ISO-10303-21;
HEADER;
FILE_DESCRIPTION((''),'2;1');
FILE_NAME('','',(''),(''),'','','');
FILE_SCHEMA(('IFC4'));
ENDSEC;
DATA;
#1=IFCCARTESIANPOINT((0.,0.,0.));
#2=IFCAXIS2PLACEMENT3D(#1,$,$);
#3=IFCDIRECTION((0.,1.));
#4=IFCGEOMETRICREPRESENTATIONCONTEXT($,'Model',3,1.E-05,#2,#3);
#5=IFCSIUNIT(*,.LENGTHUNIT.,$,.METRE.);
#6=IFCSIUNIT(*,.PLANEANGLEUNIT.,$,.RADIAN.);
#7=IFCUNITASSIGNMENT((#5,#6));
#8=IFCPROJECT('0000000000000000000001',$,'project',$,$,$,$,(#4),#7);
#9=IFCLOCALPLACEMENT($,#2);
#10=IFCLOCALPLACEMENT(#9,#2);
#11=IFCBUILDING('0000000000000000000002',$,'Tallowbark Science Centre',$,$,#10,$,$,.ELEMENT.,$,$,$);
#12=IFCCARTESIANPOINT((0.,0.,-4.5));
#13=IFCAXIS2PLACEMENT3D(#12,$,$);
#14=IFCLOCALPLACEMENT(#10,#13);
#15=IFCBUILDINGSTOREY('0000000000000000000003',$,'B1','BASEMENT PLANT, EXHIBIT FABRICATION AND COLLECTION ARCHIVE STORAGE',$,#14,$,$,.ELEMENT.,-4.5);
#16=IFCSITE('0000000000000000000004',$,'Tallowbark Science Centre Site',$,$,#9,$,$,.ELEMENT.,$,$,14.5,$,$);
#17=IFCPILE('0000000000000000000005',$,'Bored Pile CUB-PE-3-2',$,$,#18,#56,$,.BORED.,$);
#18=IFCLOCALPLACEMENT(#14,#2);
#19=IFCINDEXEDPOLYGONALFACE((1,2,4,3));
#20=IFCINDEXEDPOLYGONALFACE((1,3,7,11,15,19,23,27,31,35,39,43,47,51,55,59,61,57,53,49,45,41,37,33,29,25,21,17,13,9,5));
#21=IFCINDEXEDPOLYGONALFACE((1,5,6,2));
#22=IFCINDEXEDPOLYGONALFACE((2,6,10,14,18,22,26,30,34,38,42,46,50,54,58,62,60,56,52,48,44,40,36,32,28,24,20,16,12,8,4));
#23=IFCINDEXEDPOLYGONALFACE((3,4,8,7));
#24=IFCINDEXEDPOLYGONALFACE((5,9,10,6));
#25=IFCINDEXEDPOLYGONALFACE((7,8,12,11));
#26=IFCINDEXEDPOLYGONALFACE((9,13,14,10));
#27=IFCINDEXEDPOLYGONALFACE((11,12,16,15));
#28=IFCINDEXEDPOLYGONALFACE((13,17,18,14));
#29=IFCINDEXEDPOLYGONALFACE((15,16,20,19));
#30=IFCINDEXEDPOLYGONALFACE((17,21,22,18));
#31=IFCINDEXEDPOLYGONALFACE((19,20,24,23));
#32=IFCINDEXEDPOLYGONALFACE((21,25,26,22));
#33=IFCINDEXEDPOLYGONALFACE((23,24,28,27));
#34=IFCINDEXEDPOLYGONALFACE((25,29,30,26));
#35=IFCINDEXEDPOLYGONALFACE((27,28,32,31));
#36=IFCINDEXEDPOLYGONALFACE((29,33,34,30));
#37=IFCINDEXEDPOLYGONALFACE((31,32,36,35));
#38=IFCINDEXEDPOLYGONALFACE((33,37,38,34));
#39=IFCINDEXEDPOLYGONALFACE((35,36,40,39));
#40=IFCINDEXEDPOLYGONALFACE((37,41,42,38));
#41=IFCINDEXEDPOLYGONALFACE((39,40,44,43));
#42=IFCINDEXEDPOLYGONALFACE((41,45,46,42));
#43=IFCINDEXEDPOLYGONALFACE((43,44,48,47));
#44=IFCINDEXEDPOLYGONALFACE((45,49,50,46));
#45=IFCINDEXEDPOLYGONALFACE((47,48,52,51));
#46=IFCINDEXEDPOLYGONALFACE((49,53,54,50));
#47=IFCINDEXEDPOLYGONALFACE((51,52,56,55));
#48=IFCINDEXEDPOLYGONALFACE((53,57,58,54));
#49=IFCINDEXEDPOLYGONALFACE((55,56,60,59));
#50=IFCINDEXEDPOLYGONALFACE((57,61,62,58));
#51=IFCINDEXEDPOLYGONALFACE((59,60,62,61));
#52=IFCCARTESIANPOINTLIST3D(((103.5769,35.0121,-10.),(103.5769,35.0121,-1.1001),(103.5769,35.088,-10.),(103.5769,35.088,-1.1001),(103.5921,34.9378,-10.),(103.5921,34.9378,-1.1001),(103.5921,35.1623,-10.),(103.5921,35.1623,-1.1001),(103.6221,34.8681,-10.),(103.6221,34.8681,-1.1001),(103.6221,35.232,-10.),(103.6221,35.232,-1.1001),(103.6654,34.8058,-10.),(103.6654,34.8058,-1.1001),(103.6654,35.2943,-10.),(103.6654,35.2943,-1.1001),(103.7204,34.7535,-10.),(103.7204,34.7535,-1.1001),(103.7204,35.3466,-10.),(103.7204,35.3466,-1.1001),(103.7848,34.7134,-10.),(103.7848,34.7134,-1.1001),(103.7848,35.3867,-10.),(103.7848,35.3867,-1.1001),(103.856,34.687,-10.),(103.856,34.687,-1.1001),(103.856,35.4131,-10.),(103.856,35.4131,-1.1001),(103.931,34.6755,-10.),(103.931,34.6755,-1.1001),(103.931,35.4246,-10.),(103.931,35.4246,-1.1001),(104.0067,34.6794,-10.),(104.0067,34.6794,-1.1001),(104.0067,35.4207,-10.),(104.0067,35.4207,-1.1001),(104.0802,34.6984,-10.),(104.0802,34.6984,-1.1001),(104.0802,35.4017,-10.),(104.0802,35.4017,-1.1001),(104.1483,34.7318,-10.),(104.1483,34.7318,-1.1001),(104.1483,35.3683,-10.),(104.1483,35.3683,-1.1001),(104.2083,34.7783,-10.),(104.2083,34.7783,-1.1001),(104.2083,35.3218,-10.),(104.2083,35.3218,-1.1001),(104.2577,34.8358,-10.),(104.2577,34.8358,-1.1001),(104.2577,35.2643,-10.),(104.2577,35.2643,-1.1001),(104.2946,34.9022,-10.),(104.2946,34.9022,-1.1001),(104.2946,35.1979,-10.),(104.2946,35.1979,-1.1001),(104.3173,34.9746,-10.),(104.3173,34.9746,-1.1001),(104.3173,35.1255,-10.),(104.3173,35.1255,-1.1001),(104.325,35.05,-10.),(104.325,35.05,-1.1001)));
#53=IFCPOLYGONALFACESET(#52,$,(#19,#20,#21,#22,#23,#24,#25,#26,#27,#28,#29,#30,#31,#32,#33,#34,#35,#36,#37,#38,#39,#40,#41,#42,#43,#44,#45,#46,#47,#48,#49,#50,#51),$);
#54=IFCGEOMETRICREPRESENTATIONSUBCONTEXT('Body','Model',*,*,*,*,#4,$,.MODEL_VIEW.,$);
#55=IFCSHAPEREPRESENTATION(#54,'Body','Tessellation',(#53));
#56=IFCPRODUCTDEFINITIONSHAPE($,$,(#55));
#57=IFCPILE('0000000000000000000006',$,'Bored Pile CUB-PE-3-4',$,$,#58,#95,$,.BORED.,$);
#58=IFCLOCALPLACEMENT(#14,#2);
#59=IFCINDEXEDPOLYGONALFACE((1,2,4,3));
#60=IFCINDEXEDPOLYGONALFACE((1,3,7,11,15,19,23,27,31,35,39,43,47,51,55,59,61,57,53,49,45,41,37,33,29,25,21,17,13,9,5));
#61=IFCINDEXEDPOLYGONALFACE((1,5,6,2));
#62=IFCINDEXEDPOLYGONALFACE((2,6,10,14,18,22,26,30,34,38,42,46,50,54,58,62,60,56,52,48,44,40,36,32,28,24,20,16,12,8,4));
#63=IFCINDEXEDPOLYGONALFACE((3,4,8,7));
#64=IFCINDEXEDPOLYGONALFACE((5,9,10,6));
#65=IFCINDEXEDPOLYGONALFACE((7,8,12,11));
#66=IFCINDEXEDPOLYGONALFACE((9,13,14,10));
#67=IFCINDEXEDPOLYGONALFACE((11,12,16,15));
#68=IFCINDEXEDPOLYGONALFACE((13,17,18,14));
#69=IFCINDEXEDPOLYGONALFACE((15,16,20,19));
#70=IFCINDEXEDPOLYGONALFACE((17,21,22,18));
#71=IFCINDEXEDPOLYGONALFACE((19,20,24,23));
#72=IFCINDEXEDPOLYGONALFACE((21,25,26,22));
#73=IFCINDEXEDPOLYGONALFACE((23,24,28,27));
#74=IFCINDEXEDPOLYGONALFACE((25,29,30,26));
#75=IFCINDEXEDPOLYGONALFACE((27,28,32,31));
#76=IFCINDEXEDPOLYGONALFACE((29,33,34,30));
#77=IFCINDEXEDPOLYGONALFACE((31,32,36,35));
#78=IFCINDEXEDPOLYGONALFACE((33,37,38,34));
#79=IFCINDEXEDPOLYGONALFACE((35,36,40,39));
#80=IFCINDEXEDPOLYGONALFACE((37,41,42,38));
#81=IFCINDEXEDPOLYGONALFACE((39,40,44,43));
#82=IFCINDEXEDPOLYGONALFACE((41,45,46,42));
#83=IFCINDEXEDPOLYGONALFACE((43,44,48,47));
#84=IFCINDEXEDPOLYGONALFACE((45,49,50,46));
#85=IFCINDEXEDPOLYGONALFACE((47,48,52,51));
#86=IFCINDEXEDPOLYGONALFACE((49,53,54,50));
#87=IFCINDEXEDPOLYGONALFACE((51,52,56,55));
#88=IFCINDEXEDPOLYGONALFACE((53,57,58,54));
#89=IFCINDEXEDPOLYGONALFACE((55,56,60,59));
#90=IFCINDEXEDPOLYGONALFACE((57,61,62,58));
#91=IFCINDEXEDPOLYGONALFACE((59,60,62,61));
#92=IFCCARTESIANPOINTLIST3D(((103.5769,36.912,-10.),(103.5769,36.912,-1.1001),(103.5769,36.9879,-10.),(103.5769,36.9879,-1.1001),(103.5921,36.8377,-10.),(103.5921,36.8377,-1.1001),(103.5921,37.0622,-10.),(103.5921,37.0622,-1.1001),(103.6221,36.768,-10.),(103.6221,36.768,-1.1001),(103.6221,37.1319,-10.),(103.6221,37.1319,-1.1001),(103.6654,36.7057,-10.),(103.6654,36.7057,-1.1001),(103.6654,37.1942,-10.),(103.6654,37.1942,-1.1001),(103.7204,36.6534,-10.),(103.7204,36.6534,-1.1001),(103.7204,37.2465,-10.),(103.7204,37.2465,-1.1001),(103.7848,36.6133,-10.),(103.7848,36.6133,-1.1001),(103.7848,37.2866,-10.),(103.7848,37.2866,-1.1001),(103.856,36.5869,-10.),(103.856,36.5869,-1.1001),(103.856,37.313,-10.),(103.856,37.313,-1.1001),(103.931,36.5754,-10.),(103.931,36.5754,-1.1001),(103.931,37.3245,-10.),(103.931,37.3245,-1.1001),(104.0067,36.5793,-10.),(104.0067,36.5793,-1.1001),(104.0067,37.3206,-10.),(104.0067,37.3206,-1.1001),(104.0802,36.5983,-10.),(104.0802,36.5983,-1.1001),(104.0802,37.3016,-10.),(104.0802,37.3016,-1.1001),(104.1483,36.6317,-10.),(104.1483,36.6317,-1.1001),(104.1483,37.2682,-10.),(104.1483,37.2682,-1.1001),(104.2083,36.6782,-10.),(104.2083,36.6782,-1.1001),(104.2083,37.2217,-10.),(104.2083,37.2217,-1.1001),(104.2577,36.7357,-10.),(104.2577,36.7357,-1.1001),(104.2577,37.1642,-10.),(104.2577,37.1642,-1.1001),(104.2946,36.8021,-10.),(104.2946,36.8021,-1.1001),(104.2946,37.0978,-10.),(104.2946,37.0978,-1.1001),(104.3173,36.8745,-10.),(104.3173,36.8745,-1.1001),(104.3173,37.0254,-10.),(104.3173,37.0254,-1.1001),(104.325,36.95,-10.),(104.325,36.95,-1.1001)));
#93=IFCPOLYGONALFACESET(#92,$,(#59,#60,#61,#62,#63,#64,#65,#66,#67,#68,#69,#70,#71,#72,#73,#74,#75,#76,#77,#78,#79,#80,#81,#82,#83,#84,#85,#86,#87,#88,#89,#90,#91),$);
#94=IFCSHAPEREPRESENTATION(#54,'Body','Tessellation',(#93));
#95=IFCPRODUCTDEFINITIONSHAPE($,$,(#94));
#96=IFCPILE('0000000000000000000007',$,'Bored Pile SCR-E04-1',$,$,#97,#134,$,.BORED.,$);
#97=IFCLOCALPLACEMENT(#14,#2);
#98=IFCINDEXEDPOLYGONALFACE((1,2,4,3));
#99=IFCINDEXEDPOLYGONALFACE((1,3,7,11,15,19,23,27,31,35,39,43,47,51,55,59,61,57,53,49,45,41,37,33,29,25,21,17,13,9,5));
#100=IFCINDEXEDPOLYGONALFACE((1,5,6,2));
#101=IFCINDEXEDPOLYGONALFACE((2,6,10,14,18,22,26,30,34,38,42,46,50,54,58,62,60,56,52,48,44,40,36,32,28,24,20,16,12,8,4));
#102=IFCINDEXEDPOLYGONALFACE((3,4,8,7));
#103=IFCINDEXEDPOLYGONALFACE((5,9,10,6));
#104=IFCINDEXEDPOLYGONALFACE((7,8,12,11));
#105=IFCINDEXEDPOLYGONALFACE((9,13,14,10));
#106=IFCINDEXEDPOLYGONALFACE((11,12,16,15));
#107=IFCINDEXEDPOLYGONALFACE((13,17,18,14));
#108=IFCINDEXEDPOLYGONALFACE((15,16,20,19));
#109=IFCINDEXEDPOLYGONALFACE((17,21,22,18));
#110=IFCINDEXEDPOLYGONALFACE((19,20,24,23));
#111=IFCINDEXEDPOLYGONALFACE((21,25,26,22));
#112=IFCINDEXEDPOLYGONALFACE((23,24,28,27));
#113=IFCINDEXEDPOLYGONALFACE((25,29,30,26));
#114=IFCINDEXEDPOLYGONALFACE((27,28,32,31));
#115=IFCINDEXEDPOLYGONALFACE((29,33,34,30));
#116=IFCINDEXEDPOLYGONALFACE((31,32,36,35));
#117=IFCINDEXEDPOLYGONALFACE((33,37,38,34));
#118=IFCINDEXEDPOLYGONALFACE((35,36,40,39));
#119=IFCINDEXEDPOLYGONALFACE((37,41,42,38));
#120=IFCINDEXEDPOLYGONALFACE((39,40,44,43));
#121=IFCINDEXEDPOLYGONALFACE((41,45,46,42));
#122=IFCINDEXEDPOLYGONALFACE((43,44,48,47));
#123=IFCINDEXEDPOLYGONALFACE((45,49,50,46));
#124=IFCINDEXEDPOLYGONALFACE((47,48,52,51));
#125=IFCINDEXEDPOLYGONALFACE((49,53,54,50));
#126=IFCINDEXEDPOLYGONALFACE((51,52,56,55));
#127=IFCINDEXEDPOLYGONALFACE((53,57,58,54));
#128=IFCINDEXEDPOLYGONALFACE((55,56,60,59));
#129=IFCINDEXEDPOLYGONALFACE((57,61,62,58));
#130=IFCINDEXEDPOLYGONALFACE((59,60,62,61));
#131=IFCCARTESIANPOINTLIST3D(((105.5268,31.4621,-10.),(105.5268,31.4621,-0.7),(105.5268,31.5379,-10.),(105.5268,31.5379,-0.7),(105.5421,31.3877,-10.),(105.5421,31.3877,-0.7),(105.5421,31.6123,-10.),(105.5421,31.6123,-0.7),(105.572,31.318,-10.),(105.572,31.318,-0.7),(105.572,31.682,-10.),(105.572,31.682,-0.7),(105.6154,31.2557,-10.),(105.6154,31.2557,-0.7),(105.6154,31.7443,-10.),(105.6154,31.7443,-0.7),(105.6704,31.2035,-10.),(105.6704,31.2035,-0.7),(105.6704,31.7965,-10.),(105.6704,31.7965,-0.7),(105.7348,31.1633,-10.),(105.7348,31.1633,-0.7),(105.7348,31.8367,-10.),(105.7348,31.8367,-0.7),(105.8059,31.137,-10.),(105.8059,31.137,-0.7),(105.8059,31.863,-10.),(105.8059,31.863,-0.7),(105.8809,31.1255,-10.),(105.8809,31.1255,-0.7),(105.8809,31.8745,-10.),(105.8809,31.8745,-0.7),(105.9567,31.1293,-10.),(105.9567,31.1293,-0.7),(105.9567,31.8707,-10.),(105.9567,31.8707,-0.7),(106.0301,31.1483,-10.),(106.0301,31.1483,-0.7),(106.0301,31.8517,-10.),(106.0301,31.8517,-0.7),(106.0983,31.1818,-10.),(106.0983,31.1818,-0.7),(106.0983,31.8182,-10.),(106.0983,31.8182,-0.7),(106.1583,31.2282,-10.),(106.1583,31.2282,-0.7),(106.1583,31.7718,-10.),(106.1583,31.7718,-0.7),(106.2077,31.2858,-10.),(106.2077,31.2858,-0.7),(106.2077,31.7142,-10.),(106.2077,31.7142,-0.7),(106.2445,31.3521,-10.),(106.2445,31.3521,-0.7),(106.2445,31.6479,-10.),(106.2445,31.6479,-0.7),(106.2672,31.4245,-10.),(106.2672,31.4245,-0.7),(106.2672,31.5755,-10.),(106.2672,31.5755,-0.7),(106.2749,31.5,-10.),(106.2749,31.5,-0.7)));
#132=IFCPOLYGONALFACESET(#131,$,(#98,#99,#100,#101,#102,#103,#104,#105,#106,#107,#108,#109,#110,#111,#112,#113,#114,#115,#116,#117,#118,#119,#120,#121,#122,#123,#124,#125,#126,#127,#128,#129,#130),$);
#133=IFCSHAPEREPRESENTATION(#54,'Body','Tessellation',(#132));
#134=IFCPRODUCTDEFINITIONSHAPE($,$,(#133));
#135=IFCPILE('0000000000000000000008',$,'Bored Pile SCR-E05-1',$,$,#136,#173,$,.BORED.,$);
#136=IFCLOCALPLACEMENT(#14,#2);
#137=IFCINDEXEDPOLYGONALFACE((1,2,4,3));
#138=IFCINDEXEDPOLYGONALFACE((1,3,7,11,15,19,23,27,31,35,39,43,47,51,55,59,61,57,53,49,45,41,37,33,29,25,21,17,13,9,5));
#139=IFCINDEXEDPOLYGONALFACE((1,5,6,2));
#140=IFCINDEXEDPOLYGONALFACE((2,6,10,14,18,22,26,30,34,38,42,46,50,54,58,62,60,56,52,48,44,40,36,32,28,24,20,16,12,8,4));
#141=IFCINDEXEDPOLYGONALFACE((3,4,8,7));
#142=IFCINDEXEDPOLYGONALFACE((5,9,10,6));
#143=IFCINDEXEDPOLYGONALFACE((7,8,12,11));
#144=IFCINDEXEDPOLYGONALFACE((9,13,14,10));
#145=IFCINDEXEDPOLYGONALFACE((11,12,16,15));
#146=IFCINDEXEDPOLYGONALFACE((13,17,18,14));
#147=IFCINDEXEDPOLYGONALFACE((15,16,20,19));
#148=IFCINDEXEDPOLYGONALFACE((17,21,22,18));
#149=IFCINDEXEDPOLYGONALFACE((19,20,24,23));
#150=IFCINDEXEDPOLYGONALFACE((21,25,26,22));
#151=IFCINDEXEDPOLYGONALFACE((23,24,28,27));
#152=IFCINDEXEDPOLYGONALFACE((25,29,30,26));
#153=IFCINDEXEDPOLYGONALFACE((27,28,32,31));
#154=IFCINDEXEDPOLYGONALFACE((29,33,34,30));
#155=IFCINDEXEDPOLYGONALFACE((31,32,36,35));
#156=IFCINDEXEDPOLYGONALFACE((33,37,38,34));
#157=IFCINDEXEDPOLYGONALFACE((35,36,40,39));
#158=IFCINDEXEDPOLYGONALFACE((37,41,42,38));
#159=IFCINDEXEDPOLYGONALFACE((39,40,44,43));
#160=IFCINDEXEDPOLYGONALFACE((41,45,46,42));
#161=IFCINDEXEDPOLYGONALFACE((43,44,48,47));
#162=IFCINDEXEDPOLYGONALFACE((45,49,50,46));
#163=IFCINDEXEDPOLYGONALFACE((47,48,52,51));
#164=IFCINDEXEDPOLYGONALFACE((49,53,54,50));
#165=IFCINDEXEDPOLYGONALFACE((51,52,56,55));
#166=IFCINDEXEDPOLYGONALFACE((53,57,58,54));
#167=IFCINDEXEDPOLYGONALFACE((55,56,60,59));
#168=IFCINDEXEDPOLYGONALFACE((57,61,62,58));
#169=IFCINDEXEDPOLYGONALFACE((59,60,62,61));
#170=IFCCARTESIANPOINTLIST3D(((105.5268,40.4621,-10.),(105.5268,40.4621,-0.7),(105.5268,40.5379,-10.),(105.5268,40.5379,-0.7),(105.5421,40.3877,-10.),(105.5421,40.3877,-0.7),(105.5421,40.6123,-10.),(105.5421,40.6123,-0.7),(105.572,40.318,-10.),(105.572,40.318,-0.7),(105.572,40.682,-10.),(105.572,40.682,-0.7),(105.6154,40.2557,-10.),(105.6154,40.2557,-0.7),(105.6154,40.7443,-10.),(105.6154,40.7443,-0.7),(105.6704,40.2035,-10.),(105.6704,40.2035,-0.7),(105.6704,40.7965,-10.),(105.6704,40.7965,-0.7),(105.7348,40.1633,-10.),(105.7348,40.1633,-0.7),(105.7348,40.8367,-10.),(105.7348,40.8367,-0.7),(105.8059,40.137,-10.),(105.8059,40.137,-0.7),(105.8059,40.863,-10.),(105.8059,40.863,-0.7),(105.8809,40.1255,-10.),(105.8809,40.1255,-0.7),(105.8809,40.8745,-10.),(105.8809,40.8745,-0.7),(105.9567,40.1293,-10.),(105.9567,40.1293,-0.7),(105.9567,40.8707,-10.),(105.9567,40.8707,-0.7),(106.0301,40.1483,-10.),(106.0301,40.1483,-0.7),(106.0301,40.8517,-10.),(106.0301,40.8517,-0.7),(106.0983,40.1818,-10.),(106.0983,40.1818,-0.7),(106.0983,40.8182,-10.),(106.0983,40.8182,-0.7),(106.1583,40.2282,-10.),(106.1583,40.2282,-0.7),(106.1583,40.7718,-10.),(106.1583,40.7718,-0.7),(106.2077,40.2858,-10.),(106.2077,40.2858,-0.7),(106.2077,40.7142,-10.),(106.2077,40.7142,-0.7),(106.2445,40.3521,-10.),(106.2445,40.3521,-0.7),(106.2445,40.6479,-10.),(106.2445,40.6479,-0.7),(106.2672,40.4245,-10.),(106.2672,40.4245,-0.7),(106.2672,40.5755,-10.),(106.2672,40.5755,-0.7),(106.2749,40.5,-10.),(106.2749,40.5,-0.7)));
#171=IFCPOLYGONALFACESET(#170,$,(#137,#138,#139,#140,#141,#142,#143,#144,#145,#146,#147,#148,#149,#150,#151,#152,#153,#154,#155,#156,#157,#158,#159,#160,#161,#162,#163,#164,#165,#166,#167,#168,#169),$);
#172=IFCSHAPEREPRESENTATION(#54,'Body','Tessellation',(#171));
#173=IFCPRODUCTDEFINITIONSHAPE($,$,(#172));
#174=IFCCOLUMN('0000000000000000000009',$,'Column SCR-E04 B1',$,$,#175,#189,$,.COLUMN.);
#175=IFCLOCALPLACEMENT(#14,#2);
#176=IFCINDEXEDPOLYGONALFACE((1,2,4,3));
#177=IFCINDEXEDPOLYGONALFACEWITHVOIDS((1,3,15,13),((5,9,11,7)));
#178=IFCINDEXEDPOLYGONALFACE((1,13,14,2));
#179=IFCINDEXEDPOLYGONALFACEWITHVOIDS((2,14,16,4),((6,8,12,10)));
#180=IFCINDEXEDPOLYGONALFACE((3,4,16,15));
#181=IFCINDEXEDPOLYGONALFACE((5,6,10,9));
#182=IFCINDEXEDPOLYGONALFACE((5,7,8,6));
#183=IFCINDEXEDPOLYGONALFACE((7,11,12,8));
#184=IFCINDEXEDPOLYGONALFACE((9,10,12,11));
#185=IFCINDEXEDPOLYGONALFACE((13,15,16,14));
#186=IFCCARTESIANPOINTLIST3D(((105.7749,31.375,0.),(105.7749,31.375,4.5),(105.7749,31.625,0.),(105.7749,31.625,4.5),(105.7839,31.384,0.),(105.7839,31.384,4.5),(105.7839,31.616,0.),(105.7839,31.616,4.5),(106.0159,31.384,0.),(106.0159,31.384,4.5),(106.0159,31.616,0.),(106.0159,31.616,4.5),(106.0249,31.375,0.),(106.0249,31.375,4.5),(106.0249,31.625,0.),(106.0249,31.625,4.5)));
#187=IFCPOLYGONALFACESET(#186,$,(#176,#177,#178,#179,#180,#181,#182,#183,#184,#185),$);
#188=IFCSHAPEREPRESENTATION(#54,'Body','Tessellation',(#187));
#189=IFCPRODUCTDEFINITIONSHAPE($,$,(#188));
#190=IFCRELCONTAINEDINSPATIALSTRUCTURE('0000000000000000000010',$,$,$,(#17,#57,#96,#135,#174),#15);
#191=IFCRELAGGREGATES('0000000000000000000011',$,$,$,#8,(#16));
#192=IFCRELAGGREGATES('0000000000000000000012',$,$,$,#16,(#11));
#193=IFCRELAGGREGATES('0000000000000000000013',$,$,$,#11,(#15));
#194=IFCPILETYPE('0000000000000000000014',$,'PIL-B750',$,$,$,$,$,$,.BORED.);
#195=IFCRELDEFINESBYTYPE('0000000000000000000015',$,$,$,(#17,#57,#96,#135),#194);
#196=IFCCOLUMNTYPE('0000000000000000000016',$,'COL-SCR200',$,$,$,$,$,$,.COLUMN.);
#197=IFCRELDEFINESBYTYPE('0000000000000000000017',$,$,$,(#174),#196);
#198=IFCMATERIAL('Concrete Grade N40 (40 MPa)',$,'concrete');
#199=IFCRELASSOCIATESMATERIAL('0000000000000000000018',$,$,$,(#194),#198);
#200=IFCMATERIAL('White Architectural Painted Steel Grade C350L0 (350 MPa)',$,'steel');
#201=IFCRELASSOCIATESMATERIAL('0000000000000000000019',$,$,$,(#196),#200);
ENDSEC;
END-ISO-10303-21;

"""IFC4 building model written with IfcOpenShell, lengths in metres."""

from ifc_helpers import new_model, si_unit, direction, frame, origin, origin_2d, place, context, subcontext, project, spatial, hollow_rectangle, circle, extrude, material, material_profile, profile_set, type_object, element, save


model = new_model("IFC4")

# Units and contexts
model_context = context("Model", 3, precision=1e-05, world=origin(), true_north=direction((0.0, 1.0)))
body_context = subcontext(model_context, "Body", "Model", "MODEL_VIEW")
ifc_project = project(units=[si_unit("LENGTHUNIT", "METRE"), si_unit("PLANEANGLEUNIT", "RADIAN")], contexts=[model_context])

# Site, building, storey
site_placement = place(None, origin())
site = spatial("IfcSite", under=ifc_project, at=site_placement, Name="Tallowbark Science Centre Site", CompositionType="ELEMENT", RefElevation=14.5)
building_placement = place(site_placement, origin())
building = spatial("IfcBuilding", under=site, at=building_placement, Name="Tallowbark Science Centre", CompositionType="ELEMENT")
storey_placement = place(building_placement, frame((0.0, 0.0, -4.5)))
storey = spatial("IfcBuildingStorey", under=building, at=storey_placement, Name="B1", Description="BASEMENT PLANT, EXHIBIT FABRICATION AND COLLECTION ARCHIVE STORAGE", CompositionType="ELEMENT", Elevation=-4.5)

# Shared definitions
ifc_material_1 = material(Name="Concrete Grade N40 (40 MPa)", Category="concrete")

# Piles
ifc_material_profile_1 = material_profile(ifc_material_1, circle(Radius=0.375, at=origin_2d()), Name="PILE750")
ifc_profile_set_1 = profile_set([ifc_material_profile_1], Name="Concrete Grade N40 (40 MPa)")
pile_type = type_object("IfcPileType", Name="PIL-B750", PredefinedType="BORED", material=ifc_profile_set_1)
for number, where, z_axis, x_axis, name in (
    (1, (103.95, 35.05, -1.1001), (0.0, 0.0, -1.0), (1.0, 0.0, 0.0), "Bored Pile CUB-PE-3-2"),
    (2, (103.95, 36.95, -1.1001), (0.0, 0.0, -1.0), (1.0, 0.0, 0.0), "Bored Pile CUB-PE-3-4"),
):
    element("IfcPile", number, at=place(storey_placement, frame(where, z_axis=z_axis, x_axis=x_axis)), inside=storey, type_object=pile_type, Name=name, PredefinedType="BORED", context=body_context, shape_type="SweptSolid", body=[
        extrude(circle(Radius=0.375, at=origin_2d()), origin(), (0.0, 0.0, 1.0), 8.8999),
    ])
for number, where, z_axis, x_axis, name in (
    (3, (105.8999, 31.5, -0.7), (0.0, 0.0, -1.0), (1.0, 0.0, 0.0), "Bored Pile SCR-E04-1"),
    (4, (105.8999, 40.5, -0.7), (0.0, 0.0, -1.0), (1.0, 0.0, 0.0), "Bored Pile SCR-E05-1"),
):
    element("IfcPile", number, at=place(storey_placement, frame(where, z_axis=z_axis, x_axis=x_axis)), inside=storey, type_object=pile_type, Name=name, PredefinedType="BORED", context=body_context, shape_type="SweptSolid", body=[
        extrude(circle(Radius=0.375, at=origin_2d()), origin(), (0.0, 0.0, 1.0), 9.3),
    ])

# Column
ifc_material_2 = material(Name="White Architectural Painted Steel Grade C350L0 (350 MPa)", Category="steel")
ifc_material_profile_2 = material_profile(ifc_material_2, hollow_rectangle(XDim=0.25, YDim=0.25, WallThickness=0.009, at=origin_2d()), Name="250x250x9.0SHS")
ifc_profile_set_2 = profile_set([ifc_material_profile_2], Name="White Architectural Painted Steel Grade C350L0 (350 MPa)")
column_type_1 = type_object("IfcColumnType", Name="COL-SCR200", PredefinedType="COLUMN", material=ifc_profile_set_2)
column_1_placement = place(storey_placement, frame((105.8999, 31.5, 0.0), z_axis=(0.0, 0.0, 1.0), x_axis=(1.0, 0.0, 0.0)))
element("IfcColumn", 5, at=column_1_placement, inside=storey, type_object=column_type_1, Name="Column SCR-E04 B1", PredefinedType="COLUMN", context=body_context, shape_type="SweptSolid", body=[
    extrude(hollow_rectangle(XDim=0.25, YDim=0.25, WallThickness=0.009, at=origin_2d()), origin(), (0.0, 0.0, 1.0), 4.5),
])

save(model, "model.ifc")
